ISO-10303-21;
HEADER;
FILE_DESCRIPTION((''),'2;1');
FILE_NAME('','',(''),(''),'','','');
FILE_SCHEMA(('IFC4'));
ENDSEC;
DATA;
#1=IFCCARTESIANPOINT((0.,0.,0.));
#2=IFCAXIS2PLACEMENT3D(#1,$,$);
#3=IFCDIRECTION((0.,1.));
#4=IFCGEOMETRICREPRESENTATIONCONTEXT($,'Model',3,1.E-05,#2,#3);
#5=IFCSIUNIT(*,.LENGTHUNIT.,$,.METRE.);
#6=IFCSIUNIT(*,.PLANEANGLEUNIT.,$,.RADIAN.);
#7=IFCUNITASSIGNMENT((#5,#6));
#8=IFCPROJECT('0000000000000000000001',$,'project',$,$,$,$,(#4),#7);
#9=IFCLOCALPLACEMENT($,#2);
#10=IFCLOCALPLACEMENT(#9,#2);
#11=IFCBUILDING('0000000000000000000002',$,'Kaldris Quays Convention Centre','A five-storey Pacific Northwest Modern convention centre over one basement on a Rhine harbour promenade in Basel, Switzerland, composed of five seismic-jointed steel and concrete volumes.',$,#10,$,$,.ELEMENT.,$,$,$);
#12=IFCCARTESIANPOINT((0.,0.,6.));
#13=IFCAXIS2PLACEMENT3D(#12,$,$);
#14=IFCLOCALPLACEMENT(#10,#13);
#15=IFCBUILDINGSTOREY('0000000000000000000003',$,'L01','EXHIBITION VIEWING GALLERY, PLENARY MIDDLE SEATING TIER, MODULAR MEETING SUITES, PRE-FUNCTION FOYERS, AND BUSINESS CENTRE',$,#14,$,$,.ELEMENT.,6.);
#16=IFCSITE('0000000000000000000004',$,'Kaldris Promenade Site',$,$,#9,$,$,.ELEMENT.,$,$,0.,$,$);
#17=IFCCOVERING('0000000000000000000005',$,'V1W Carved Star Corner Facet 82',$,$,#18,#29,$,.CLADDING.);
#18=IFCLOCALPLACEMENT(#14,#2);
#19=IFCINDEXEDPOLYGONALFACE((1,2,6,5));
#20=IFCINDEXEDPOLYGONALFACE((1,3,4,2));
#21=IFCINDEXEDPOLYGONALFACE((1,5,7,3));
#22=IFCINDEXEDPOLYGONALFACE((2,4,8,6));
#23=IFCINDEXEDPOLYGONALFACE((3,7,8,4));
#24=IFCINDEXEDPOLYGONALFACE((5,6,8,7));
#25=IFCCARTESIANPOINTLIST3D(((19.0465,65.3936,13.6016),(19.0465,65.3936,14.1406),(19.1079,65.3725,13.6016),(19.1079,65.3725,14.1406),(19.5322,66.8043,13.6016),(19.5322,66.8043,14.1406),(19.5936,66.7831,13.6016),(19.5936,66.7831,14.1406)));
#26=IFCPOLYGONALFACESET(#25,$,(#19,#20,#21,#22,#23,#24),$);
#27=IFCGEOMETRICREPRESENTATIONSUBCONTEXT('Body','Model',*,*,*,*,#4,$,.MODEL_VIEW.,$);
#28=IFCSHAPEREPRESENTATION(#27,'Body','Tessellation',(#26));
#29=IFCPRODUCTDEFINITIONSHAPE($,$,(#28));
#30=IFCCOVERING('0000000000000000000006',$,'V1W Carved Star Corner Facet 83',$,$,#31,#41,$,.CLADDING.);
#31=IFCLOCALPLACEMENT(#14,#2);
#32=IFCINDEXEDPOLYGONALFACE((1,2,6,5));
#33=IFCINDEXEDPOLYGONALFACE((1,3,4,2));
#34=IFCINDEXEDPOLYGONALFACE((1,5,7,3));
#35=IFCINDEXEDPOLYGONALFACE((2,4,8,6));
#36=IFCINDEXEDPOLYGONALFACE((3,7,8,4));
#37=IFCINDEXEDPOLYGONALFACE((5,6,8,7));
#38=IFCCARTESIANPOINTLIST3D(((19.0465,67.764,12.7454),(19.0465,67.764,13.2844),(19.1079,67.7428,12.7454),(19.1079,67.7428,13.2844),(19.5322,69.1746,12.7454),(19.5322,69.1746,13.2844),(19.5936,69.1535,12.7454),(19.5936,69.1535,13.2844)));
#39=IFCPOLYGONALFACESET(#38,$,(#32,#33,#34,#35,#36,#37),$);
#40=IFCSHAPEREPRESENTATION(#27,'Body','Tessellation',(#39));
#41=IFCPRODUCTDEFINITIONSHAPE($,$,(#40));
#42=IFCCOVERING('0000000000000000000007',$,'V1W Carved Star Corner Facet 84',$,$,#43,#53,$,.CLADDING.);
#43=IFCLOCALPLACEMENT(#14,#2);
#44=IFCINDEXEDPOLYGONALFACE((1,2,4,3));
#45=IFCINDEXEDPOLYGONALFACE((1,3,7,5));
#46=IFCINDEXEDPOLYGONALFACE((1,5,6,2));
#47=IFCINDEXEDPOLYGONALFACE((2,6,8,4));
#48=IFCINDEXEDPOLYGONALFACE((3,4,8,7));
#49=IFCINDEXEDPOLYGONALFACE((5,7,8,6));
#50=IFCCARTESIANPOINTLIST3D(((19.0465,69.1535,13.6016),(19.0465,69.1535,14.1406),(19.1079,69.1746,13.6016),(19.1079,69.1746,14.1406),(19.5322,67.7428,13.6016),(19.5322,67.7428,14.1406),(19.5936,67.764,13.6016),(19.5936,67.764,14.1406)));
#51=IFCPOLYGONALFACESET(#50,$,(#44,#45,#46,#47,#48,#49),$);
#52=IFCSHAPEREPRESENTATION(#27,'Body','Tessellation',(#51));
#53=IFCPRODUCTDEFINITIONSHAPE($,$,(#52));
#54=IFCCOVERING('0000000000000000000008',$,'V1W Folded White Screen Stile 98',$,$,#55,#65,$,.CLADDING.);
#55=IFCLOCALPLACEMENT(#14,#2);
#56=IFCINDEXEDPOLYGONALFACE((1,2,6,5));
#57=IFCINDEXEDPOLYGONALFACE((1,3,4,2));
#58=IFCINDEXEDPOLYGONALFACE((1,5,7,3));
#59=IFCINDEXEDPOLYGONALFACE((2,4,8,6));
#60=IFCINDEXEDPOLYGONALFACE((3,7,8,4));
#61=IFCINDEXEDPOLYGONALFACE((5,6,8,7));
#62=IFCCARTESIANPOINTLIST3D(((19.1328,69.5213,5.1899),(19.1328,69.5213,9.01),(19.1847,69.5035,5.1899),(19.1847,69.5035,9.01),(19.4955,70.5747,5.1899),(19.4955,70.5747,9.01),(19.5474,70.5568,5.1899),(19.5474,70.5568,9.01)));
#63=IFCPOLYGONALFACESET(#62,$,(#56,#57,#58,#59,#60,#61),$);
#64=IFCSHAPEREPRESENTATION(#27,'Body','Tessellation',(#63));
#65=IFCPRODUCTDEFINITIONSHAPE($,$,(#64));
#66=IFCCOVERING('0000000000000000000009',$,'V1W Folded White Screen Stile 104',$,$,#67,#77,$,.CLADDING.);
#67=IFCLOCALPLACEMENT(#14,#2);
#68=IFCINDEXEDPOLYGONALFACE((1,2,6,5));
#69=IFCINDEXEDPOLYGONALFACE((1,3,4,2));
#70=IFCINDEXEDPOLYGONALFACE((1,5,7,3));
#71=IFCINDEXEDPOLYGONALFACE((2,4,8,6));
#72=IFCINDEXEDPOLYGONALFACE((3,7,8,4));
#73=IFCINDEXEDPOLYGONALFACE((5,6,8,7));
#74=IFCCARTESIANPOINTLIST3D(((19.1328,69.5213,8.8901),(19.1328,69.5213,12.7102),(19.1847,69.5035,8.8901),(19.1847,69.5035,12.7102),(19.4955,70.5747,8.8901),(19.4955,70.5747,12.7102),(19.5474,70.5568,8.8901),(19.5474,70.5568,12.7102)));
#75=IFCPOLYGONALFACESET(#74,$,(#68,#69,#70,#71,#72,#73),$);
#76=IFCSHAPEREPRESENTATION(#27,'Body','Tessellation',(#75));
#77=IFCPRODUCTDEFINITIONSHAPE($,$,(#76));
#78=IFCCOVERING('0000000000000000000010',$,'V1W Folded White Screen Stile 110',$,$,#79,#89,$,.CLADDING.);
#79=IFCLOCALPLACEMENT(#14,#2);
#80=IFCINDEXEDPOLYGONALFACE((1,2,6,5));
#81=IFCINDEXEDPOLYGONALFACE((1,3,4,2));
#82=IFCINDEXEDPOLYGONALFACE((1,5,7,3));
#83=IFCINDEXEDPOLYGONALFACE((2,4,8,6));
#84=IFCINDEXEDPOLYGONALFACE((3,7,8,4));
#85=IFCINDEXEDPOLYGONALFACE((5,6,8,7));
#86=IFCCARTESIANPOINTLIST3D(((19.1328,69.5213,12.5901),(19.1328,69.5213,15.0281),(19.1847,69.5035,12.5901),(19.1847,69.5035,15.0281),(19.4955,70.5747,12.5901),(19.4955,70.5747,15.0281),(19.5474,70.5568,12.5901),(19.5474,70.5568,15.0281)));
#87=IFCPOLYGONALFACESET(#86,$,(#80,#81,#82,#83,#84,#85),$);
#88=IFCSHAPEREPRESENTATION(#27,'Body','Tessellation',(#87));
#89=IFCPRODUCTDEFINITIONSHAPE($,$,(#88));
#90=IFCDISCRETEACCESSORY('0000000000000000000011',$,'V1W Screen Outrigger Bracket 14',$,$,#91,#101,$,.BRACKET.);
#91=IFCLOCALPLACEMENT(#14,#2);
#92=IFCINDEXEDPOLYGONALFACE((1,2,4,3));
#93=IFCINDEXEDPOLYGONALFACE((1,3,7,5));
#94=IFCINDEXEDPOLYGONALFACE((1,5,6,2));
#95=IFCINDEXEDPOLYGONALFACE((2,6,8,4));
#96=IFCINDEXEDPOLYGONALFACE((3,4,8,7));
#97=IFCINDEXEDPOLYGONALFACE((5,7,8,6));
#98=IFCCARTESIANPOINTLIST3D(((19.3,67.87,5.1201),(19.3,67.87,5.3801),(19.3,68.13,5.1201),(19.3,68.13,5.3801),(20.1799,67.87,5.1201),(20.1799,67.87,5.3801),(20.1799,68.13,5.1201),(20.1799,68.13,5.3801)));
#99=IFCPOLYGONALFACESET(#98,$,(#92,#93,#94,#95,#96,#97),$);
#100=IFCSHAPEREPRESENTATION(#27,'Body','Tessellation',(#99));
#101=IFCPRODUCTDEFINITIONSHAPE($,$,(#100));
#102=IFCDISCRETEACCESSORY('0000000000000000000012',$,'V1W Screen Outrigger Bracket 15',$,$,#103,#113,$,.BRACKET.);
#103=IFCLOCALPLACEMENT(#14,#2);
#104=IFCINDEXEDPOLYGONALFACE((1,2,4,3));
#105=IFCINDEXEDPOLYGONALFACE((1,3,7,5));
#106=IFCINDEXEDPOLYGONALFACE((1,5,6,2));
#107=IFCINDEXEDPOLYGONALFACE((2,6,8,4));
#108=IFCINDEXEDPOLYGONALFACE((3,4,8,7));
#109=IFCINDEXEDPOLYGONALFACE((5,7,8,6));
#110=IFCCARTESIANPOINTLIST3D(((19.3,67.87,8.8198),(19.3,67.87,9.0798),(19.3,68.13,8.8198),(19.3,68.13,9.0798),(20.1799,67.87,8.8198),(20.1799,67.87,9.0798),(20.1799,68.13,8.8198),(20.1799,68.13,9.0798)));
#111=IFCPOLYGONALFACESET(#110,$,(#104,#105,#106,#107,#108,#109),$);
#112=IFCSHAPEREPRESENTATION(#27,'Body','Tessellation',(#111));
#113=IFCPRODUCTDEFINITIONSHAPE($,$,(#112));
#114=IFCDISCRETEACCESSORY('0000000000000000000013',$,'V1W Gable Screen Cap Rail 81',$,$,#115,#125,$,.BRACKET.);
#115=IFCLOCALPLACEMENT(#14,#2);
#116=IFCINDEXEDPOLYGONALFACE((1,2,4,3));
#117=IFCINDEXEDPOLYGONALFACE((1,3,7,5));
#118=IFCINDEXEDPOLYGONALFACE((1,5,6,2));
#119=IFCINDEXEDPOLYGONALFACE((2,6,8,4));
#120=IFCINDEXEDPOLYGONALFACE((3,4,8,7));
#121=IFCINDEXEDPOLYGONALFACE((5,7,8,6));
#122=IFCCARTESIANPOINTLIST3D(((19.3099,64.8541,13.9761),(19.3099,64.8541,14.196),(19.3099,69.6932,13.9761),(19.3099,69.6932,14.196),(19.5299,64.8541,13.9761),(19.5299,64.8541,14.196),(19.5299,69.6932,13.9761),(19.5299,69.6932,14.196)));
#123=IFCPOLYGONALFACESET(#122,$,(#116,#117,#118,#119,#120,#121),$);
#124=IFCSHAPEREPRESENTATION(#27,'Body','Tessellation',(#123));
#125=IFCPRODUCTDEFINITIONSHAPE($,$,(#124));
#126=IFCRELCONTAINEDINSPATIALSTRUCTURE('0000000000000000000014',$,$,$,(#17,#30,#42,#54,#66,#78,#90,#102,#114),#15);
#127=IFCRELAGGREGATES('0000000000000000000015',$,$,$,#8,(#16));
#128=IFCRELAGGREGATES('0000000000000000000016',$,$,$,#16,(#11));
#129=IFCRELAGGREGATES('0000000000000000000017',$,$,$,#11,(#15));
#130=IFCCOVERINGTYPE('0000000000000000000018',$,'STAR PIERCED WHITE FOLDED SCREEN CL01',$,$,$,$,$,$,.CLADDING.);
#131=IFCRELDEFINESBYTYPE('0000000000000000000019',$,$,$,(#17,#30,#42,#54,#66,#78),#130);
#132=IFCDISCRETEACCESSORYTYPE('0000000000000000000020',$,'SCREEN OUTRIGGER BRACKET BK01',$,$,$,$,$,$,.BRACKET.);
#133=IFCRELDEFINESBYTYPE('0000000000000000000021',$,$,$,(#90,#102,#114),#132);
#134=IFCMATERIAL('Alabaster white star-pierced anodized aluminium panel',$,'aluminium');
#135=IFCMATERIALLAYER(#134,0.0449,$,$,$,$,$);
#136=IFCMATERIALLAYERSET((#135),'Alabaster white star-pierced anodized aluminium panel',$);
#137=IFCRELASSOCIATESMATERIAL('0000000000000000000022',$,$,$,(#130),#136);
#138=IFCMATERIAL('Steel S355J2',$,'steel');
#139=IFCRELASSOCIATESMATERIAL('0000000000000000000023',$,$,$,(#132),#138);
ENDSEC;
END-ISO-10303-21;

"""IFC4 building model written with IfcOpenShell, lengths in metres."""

from ifc_helpers import new_model, si_unit, direction, frame, origin, origin_2d, place, context, subcontext, project, spatial, rectangle, extrude, material, layer, layer_set, type_object, element, save


model = new_model("IFC4")

# Units and contexts
model_context = context("Model", 3, precision=1e-05, world=origin(), true_north=direction((0.0, 1.0)))
body_context = subcontext(model_context, "Body", "Model", "MODEL_VIEW")
ifc_project = project(units=[si_unit("LENGTHUNIT", "METRE"), si_unit("PLANEANGLEUNIT", "RADIAN")], contexts=[model_context])

# Site, building, storey
site_placement = place(None, origin())
site = spatial("IfcSite", under=ifc_project, at=site_placement, Name="Kaldris Promenade Site", CompositionType="ELEMENT", RefElevation=0.0)
building_placement = place(site_placement, origin())
building = spatial("IfcBuilding", under=site, at=building_placement, Name="Kaldris Quays Convention Centre", Description="A five-storey Pacific Northwest Modern convention centre over one basement on a Rhine harbour promenade in Basel, Switzerland, composed of five seismic-jointed steel and concrete volumes.", CompositionType="ELEMENT")
storey_placement = place(building_placement, frame((0.0, 0.0, 6.0)))
storey = spatial("IfcBuildingStorey", under=building, at=storey_placement, Name="L01", Description="EXHIBITION VIEWING GALLERY, PLENARY MIDDLE SEATING TIER, MODULAR MEETING SUITES, PRE-FUNCTION FOYERS, AND BUSINESS CENTRE", CompositionType="ELEMENT", Elevation=6.0)

# Coverings
ifc_material_1 = material(Name="Alabaster white star-pierced anodized aluminium panel", Category="aluminium")
ifc_layer = layer(ifc_material_1, 0.0449)
ifc_layer_set = layer_set([ifc_layer], Name="Alabaster white star-pierced anodized aluminium panel")
covering_type = type_object("IfcCoveringType", Name="STAR PIERCED WHITE FOLDED SCREEN CL01", PredefinedType="CLADDING", material=ifc_layer_set)
for number, where, z_axis, x_axis, name in (
    (1, (19.3201, 66.0884, 13.6016), (0.0, 0.0, 1.0), (0.325568, 0.945519, 0.0), "V1W Carved Star Corner Facet 82"),
    (2, (19.3201, 68.4587, 12.7454), (0.0, 0.0, 1.0), (0.325568, 0.945519, 0.0), "V1W Carved Star Corner Facet 83"),
    (3, (19.3201, 68.4587, 13.6016), (0.0, 0.0, 1.0), (-0.325568, 0.945519, 0.0), "V1W Carved Star Corner Facet 84"),
):
    element("IfcCovering", number, at=place(storey_placement, frame(where, z_axis=z_axis, x_axis=x_axis)), inside=storey, type_object=covering_type, Name=name, PredefinedType="CLADDING", context=body_context, shape_type="SweptSolid", body=[
        extrude(rectangle(XDim=1.4919, YDim=0.0649, at=origin_2d()), origin(), (0.0, 0.0, 1.0), 0.5391),
    ])
for number, where, z_axis, x_axis, name in (
    (4, (19.3401, 70.0391, 5.1899), (0.0, 0.0, 1.0), (0.325568, 0.945519, 0.0), "V1W Folded White Screen Stile 98"),
    (5, (19.3401, 70.0391, 8.8901), (0.0, 0.0, 1.0), (0.325568, 0.945519, 0.0), "V1W Folded White Screen Stile 104"),
):
    element("IfcCovering", number, at=place(storey_placement, frame(where, z_axis=z_axis, x_axis=x_axis)), inside=storey, type_object=covering_type, Name=name, PredefinedType="CLADDING", context=body_context, shape_type="SweptSolid", body=[
        extrude(rectangle(XDim=1.114, YDim=0.0549, at=origin_2d()), origin(), (0.0, 0.0, 1.0), 3.8201),
    ])
covering_1_placement = place(storey_placement, frame((19.3401, 70.0391, 12.5901), z_axis=(0.0, 0.0, 1.0), x_axis=(0.325568, 0.945519, 0.0)))
element("IfcCovering", 6, at=covering_1_placement, inside=storey, type_object=covering_type, Name="V1W Folded White Screen Stile 110", PredefinedType="CLADDING", context=body_context, shape_type="SweptSolid", body=[
    extrude(rectangle(XDim=1.114, YDim=0.0549, at=origin_2d()), origin(), (0.0, 0.0, 1.0), 2.438),
])

# Discrete accessories
ifc_material_2 = material(Name="Steel S355J2", Category="steel")
discrete_accessory_type = type_object("IfcDiscreteAccessoryType", Name="SCREEN OUTRIGGER BRACKET BK01", PredefinedType="BRACKET", material=ifc_material_2)
for number, where, z_axis, x_axis, name in (
    (7, (19.74, 68.0, 5.1201), (0.0, 0.0, 1.0), (0.0, 1.0, 0.0), "V1W Screen Outrigger Bracket 14"),
    (8, (19.74, 68.0, 8.8198), (0.0, 0.0, 1.0), (0.0, 1.0, 0.0), "V1W Screen Outrigger Bracket 15"),
):
    element("IfcDiscreteAccessory", number, at=place(storey_placement, frame(where, z_axis=z_axis, x_axis=x_axis)), inside=storey, type_object=discrete_accessory_type, Name=name, PredefinedType="BRACKET", context=body_context, shape_type="SweptSolid", body=[
        extrude(rectangle(XDim=0.26, YDim=0.8799, at=origin_2d()), origin(), (0.0, 0.0, 1.0), 0.26),
    ])
discrete_accessory_placement = place(storey_placement, frame((19.4199, 67.2737, 13.9761), z_axis=(0.0, 0.0, 1.0), x_axis=(0.0, 1.0, 0.0)))
element("IfcDiscreteAccessory", 9, at=discrete_accessory_placement, inside=storey, type_object=discrete_accessory_type, Name="V1W Gable Screen Cap Rail 81", PredefinedType="BRACKET", context=body_context, shape_type="SweptSolid", body=[
    extrude(rectangle(XDim=4.8391, YDim=0.22, at=origin_2d()), origin(), (0.0, 0.0, 1.0), 0.22),
])

save(model, "model.ifc")
